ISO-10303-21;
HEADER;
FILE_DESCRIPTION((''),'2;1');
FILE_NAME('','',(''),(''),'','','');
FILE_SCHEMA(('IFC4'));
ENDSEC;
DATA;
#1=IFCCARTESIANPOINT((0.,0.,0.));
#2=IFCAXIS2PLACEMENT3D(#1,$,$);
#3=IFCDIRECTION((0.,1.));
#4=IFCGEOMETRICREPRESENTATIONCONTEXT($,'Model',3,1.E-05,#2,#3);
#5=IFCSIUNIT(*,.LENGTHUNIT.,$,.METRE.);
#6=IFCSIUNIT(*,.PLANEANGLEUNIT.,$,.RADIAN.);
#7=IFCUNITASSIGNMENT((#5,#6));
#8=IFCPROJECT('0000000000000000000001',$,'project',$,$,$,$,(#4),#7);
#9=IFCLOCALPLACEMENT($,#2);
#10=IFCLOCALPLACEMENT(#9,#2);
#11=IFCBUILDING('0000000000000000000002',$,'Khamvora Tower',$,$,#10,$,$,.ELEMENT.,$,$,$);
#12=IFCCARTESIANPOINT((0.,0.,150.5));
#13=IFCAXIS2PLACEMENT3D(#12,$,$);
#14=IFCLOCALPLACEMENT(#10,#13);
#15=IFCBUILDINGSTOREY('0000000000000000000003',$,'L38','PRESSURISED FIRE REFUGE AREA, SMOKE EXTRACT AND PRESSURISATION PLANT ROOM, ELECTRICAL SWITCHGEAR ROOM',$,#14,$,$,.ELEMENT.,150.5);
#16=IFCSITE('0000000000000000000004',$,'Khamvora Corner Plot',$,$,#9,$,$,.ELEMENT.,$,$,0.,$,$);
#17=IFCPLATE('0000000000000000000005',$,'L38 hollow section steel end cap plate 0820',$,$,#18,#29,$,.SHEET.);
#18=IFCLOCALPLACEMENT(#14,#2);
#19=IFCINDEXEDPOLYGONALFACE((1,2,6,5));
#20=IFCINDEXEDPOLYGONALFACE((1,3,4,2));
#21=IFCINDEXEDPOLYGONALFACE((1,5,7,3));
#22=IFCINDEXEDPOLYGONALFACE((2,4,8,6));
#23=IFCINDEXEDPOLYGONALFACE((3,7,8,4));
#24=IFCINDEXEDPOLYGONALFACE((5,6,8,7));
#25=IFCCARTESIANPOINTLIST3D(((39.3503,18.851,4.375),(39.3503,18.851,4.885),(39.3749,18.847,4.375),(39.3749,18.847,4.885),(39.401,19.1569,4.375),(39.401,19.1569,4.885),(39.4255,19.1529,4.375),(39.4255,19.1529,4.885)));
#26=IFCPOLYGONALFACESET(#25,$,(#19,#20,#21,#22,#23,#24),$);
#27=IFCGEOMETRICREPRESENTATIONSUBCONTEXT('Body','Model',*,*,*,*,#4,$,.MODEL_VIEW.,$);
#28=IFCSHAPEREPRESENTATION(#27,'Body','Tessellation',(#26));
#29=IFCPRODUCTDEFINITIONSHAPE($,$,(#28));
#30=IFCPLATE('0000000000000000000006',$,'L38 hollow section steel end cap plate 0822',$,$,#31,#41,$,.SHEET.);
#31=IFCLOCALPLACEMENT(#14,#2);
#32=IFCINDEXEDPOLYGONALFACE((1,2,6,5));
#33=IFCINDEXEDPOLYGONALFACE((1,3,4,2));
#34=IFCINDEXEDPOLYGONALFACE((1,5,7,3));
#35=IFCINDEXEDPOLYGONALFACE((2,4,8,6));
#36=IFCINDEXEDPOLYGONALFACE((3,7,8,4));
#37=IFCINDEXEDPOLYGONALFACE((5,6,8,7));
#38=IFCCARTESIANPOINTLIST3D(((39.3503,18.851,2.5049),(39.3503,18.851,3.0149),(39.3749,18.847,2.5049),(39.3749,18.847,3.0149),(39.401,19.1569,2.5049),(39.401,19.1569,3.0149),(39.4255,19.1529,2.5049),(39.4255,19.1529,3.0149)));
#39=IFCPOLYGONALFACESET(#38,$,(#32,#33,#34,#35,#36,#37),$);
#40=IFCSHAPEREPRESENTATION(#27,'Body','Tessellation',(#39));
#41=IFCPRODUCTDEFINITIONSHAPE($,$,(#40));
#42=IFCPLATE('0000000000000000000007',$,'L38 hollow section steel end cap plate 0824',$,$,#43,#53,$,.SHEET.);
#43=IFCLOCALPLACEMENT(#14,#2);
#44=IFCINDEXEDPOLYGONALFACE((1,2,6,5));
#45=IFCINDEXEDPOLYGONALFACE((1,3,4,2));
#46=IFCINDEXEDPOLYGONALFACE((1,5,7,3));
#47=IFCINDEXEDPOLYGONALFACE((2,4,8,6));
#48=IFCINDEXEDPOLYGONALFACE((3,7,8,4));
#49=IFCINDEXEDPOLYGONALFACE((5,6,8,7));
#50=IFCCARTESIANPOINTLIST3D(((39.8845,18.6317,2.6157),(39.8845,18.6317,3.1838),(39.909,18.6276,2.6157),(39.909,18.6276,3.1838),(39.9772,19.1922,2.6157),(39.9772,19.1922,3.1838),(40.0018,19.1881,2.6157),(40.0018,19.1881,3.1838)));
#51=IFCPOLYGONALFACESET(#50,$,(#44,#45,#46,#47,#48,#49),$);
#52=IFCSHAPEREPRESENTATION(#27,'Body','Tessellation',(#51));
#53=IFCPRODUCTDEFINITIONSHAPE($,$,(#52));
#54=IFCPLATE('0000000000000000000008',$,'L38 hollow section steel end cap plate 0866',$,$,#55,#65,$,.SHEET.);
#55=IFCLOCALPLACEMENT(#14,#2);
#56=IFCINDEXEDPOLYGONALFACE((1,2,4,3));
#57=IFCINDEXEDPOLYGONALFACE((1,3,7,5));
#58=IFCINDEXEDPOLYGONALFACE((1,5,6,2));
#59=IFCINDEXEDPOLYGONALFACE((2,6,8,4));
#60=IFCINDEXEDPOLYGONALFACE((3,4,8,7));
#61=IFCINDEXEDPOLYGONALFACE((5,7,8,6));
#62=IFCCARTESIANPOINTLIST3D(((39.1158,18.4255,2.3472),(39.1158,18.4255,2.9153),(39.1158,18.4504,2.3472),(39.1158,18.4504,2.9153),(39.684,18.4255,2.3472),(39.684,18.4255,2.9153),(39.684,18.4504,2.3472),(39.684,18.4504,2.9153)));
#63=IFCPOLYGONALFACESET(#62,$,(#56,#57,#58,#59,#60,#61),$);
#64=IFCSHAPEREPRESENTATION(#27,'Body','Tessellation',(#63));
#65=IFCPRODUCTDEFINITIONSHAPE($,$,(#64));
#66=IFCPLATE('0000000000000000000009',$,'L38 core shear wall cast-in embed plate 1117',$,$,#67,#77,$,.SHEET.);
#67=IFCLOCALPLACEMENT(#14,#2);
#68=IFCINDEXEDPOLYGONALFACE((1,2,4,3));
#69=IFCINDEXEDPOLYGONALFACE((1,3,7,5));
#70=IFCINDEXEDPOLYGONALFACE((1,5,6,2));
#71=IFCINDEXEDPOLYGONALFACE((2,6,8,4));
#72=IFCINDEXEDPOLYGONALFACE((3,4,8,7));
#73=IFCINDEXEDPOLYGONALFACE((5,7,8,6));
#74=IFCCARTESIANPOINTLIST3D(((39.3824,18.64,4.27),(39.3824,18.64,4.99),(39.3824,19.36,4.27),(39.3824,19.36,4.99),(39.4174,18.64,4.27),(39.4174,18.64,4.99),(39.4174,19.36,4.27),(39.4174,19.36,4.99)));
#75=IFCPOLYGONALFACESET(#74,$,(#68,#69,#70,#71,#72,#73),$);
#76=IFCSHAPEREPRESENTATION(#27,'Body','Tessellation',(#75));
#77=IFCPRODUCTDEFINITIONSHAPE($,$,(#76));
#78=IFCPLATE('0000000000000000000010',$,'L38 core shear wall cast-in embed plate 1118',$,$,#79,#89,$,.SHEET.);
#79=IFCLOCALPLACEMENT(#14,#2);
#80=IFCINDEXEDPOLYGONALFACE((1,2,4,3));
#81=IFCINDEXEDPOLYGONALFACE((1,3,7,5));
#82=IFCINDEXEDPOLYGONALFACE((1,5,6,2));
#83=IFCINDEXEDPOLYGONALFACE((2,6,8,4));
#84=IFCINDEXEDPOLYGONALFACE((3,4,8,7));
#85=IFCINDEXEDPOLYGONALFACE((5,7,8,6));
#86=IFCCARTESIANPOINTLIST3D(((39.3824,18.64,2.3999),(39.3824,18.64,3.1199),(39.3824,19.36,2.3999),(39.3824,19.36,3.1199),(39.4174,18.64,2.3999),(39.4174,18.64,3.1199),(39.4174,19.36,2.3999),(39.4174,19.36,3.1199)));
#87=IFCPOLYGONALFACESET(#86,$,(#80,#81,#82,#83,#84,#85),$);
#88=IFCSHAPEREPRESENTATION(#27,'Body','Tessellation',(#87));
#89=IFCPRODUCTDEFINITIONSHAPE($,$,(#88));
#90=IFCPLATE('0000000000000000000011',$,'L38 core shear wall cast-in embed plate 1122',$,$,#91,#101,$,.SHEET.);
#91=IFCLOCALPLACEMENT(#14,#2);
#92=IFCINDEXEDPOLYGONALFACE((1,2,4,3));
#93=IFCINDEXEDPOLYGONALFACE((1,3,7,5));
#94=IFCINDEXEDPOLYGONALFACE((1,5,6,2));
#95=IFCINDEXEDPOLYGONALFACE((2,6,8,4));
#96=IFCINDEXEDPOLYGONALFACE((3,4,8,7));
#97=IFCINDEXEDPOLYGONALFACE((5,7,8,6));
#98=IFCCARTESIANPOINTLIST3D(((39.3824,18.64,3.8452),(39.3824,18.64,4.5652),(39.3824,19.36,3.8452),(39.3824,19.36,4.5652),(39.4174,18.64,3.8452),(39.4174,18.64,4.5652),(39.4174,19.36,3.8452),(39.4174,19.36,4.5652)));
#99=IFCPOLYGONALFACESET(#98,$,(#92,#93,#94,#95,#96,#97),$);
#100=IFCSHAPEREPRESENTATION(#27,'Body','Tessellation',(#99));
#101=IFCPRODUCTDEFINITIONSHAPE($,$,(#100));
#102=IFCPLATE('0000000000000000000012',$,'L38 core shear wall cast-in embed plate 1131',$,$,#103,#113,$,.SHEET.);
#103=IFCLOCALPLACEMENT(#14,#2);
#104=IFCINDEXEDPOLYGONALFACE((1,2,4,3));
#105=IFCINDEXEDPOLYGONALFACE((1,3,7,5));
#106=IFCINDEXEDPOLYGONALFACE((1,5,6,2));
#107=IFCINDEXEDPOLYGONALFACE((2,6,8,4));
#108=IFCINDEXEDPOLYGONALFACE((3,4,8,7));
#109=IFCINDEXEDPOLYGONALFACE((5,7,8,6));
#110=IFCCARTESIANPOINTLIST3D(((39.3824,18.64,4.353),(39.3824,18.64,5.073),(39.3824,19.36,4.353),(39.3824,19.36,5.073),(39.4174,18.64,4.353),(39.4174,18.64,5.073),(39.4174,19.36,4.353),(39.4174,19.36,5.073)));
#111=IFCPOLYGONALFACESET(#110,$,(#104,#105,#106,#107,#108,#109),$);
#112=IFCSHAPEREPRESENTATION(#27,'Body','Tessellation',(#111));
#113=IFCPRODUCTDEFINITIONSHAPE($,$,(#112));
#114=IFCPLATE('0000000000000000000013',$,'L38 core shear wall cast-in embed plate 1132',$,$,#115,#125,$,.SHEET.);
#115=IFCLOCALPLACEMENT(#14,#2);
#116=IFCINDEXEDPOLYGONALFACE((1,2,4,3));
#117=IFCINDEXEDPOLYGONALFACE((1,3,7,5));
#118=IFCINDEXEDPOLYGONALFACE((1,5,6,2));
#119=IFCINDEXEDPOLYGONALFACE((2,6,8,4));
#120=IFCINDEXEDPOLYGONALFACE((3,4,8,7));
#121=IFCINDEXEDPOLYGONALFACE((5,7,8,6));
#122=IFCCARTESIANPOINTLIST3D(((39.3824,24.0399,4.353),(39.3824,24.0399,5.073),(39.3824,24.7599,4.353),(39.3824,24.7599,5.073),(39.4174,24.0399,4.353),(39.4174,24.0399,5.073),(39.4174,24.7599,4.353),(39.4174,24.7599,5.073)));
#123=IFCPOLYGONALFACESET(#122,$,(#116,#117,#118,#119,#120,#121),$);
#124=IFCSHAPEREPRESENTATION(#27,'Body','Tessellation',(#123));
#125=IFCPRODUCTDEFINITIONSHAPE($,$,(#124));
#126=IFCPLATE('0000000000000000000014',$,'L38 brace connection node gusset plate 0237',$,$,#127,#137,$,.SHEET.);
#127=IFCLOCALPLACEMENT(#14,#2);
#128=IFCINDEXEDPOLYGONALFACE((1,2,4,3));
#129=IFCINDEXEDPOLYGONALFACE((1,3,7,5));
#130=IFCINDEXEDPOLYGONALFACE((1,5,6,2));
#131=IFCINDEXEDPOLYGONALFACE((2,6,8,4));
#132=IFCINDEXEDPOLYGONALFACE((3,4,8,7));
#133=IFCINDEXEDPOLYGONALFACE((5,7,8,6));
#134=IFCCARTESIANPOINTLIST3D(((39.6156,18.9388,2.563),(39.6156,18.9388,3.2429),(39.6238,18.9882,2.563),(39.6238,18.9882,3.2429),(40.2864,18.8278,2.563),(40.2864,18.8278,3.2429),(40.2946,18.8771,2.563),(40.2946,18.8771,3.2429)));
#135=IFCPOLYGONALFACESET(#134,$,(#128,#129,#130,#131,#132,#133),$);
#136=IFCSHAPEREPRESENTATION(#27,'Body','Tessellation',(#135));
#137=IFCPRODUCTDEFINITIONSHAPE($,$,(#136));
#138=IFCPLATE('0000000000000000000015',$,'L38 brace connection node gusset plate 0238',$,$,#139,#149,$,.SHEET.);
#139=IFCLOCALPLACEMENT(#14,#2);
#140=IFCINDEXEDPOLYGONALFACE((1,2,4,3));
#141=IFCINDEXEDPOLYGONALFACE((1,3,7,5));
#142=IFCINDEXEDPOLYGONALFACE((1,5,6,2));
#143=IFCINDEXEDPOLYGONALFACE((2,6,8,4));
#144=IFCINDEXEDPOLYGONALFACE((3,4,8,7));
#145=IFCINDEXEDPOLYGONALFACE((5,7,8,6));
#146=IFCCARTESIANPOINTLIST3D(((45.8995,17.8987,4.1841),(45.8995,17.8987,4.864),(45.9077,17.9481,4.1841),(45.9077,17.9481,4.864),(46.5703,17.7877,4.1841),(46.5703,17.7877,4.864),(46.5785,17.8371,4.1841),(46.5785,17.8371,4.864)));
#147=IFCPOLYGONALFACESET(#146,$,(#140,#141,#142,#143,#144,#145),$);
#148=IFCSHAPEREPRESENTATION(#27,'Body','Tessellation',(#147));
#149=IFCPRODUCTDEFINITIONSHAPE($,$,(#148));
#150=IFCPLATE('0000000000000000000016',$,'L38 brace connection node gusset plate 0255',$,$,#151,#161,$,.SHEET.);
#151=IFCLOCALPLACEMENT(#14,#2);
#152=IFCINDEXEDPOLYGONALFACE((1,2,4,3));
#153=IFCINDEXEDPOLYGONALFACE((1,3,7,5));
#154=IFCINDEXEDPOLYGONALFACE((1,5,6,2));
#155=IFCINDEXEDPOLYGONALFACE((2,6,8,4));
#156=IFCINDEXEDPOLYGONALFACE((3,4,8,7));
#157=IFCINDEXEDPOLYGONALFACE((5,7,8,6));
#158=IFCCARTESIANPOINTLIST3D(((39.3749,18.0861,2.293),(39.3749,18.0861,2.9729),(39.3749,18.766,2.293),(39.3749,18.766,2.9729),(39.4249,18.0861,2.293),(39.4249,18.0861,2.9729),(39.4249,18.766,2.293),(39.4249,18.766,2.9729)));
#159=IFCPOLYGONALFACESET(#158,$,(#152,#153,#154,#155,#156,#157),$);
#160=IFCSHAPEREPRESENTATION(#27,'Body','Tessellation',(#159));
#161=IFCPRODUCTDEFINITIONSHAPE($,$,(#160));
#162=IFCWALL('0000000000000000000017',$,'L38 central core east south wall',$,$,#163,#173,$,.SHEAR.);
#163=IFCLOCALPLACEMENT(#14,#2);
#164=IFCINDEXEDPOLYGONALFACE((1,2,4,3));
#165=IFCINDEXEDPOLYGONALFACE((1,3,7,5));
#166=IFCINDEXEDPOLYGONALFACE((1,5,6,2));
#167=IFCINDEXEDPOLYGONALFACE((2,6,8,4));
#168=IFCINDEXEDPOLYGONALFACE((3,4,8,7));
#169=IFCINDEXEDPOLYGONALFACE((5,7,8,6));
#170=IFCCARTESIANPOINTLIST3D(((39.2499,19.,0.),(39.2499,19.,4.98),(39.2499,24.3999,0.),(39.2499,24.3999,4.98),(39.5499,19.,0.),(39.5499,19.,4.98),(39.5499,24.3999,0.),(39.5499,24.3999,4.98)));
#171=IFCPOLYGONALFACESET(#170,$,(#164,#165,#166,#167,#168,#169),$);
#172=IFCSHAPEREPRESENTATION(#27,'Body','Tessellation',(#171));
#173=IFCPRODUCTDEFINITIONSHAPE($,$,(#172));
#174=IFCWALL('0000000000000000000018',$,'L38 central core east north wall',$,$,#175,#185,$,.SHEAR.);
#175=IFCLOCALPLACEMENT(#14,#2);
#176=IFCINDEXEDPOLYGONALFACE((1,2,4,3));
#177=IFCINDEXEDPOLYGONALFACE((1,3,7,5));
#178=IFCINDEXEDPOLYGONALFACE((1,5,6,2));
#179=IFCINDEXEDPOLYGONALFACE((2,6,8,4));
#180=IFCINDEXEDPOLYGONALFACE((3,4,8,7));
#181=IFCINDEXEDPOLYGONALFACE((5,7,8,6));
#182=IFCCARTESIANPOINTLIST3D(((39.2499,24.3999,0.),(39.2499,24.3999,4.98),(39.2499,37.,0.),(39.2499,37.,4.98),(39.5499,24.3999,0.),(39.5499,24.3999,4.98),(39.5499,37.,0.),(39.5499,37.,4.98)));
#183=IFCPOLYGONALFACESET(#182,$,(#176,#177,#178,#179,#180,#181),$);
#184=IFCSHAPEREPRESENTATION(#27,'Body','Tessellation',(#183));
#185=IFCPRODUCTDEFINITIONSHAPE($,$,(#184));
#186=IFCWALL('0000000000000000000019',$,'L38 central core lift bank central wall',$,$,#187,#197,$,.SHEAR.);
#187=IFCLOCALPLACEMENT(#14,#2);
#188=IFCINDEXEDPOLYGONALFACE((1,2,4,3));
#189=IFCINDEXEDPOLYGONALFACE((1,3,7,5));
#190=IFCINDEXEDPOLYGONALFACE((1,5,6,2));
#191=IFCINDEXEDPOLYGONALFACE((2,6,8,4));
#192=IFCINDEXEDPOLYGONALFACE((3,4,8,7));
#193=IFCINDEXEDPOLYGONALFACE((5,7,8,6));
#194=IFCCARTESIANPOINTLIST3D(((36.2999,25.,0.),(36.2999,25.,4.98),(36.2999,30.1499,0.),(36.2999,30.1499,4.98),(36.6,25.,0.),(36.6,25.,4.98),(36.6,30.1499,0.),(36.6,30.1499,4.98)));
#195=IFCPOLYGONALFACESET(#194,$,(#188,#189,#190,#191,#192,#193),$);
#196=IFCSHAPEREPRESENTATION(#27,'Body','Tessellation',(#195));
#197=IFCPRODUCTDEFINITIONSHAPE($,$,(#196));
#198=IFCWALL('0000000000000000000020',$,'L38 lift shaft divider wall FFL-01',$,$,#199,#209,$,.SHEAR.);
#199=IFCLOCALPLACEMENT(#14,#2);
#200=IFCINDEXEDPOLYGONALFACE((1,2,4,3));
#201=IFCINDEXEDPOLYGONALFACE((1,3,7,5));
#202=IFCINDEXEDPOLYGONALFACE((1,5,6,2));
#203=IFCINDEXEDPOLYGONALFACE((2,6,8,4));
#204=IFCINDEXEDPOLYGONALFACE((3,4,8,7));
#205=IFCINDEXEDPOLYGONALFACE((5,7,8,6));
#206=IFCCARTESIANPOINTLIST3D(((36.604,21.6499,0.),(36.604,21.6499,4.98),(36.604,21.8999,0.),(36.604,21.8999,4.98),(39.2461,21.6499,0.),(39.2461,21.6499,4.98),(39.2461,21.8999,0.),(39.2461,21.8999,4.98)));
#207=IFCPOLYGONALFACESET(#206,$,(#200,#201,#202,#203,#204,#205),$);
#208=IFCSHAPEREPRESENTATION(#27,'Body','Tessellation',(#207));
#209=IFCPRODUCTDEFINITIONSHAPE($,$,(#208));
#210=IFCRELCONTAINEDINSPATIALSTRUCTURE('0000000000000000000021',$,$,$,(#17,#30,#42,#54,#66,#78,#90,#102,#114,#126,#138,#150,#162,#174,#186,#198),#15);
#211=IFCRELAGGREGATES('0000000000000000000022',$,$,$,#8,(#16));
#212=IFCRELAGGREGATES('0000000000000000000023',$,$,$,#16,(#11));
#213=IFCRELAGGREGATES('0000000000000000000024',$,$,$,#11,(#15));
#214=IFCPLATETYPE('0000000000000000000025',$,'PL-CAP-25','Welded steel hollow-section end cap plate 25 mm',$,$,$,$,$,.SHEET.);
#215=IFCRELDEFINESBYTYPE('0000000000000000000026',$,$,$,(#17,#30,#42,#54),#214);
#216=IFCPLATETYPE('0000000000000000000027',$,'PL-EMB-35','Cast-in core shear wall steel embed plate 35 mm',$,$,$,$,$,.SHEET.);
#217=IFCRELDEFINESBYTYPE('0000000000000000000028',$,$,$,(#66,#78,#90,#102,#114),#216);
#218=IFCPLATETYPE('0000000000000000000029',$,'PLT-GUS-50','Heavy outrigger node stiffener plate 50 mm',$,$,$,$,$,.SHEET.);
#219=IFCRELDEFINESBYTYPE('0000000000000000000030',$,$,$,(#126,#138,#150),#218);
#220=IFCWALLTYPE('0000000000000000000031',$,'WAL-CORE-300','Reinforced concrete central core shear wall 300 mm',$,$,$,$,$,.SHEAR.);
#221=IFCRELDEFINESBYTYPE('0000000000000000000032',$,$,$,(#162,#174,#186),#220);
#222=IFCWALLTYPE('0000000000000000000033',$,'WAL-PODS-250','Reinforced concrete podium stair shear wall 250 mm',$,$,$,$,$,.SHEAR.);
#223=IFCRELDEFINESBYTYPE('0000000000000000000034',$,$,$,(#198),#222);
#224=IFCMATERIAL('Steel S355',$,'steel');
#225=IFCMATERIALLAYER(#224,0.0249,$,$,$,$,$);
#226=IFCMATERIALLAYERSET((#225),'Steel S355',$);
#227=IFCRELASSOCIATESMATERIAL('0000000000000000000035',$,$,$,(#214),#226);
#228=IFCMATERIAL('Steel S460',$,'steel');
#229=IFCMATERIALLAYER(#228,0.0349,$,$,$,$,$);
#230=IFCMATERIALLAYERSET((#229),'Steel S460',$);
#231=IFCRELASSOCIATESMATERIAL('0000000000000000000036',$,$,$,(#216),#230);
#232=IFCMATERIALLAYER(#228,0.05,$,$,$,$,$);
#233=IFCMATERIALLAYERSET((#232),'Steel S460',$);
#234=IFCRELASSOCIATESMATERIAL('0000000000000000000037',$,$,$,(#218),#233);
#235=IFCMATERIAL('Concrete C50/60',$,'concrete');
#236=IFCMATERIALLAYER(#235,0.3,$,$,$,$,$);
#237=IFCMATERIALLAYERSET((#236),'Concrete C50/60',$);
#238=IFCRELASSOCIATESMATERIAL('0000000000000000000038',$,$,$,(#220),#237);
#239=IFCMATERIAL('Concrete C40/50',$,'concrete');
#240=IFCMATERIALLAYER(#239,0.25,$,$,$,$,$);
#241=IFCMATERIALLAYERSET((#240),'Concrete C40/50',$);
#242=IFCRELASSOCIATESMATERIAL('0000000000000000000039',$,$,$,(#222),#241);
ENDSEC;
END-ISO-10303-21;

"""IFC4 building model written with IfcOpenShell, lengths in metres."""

from ifc_helpers import new_model, si_unit, direction, frame, frame_2d, origin, origin_2d, place, context, subcontext, project, spatial, rectangle, extrude, material, layer, layer_set, type_object, element, save


model = new_model("IFC4")

# Units and contexts
model_context = context("Model", 3, precision=1e-05, world=origin(), true_north=direction((0.0, 1.0)))
body_context = subcontext(model_context, "Body", "Model", "MODEL_VIEW")
ifc_project = project(units=[si_unit("LENGTHUNIT", "METRE"), si_unit("PLANEANGLEUNIT", "RADIAN")], contexts=[model_context])

# Site, building, storey
site_placement = place(None, origin())
site = spatial("IfcSite", under=ifc_project, at=site_placement, Name="Khamvora Corner Plot", CompositionType="ELEMENT", RefElevation=0.0)
building_placement = place(site_placement, origin())
building = spatial("IfcBuilding", under=site, at=building_placement, Name="Khamvora Tower", CompositionType="ELEMENT")
storey_placement = place(building_placement, frame((0.0, 0.0, 150.5)))
storey = spatial("IfcBuildingStorey", under=building, at=storey_placement, Name="L38", Description="PRESSURISED FIRE REFUGE AREA, SMOKE EXTRACT AND PRESSURISATION PLANT ROOM, ELECTRICAL SWITCHGEAR ROOM", CompositionType="ELEMENT", Elevation=150.5)

# Shared definitions
ifc_material_1 = material(Name="Steel S460", Category="steel")

# Shared definitions
ifc_material_2 = material(Name="Steel S355", Category="steel")

# Plates
ifc_layer_1 = layer(ifc_material_2, 0.0249)
ifc_layer_set_1 = layer_set([ifc_layer_1], Name="Steel S355")
plate_type_1 = type_object("IfcPlateType", Name="PL-CAP-25", Description="Welded steel hollow-section end cap plate 25 mm", PredefinedType="SHEET", material=ifc_layer_set_1)
for number, where, z_axis, x_axis, name in (
    (1, (39.3879, 19.002, 4.375), (0.0, 0.0, 1.0), (0.986578, -0.163292, 0.0), "L38 hollow section steel end cap plate 0820"),
    (2, (39.3879, 19.002, 2.5049), (0.0, 0.0, 1.0), (0.986578, -0.163292, 0.0), "L38 hollow section steel end cap plate 0822"),
):
    element("IfcPlate", number, at=place(storey_placement, frame(where, z_axis=z_axis, x_axis=x_axis)), inside=storey, type_object=plate_type_1, Name=name, PredefinedType="SHEET", context=body_context, shape_type="SweptSolid", body=[
        extrude(rectangle(XDim=0.0249, YDim=0.3101, at=origin_2d()), origin(), (0.0, 0.0, 1.0), 0.51),
    ])
for number, where, z_axis, x_axis, name in (
    (3, (39.9431, 18.9099, 2.6157), (0.0, 0.0, 1.0), (0.986581, -0.163274, 0.0), "L38 hollow section steel end cap plate 0824"),
    (4, (39.3999, 18.438, 2.3472), (0.0, 0.0, 1.0), (0.0, -1.0, 0.0), "L38 hollow section steel end cap plate 0866"),
):
    element("IfcPlate", number, at=place(storey_placement, frame(where, z_axis=z_axis, x_axis=x_axis)), inside=storey, type_object=plate_type_1, Name=name, PredefinedType="SHEET", context=body_context, shape_type="SweptSolid", body=[
        extrude(rectangle(XDim=0.0249, YDim=0.5681, at=origin_2d()), origin(), (0.0, 0.0, 1.0), 0.5681),
    ])
ifc_layer_2 = layer(ifc_material_1, 0.0349)
ifc_layer_set_2 = layer_set([ifc_layer_2], Name="Steel S460")
plate_type_2 = type_object("IfcPlateType", Name="PL-EMB-35", Description="Cast-in core shear wall steel embed plate 35 mm", PredefinedType="SHEET", material=ifc_layer_set_2)
for number, where, z_axis, x_axis, name in (
    (5, (39.3999, 19.0, 4.27), (0.0, 0.0, 1.0), (1.0, 0.0, 0.0), "L38 core shear wall cast-in embed plate 1117"),
    (6, (39.3999, 19.0, 2.3999), (0.0, 0.0, 1.0), (1.0, 0.0, 0.0), "L38 core shear wall cast-in embed plate 1118"),
    (7, (39.3999, 19.0, 3.8452), (0.0, 0.0, 1.0), (1.0, 0.0, 0.0), "L38 core shear wall cast-in embed plate 1122"),
    (8, (39.3999, 19.0, 4.353), (0.0, 0.0, 1.0), (1.0, 0.0, 0.0), "L38 core shear wall cast-in embed plate 1131"),
    (9, (39.3999, 24.3999, 4.353), (0.0, 0.0, 1.0), (1.0, 0.0, 0.0), "L38 core shear wall cast-in embed plate 1132"),
):
    element("IfcPlate", number, at=place(storey_placement, frame(where, z_axis=z_axis, x_axis=x_axis)), inside=storey, type_object=plate_type_2, Name=name, PredefinedType="SHEET", context=body_context, shape_type="SweptSolid", body=[
        extrude(rectangle(XDim=0.0349, YDim=0.72, at=origin_2d()), origin(), (0.0, 0.0, 1.0), 0.72),
    ])
ifc_layer_3 = layer(ifc_material_1, 0.05)
ifc_layer_set_3 = layer_set([ifc_layer_3], Name="Steel S460")
plate_type_3 = type_object("IfcPlateType", Name="PLT-GUS-50", Description="Heavy outrigger node stiffener plate 50 mm", PredefinedType="SHEET", material=ifc_layer_set_3)
for number, where, z_axis, x_axis, name in (
    (10, (39.9551, 18.908, 2.563), (0.0, 0.0, 1.0), (0.986578, -0.163292, 0.0), "L38 brace connection node gusset plate 0237"),
    (11, (46.239, 17.8679, 4.1841), (0.0, 0.0, 1.0), (0.986578, -0.163292, 0.0), "L38 brace connection node gusset plate 0238"),
    (12, (39.3999, 18.426, 2.293), (0.0, 0.0, 1.0), (0.0, -1.0, 0.0), "L38 brace connection node gusset plate 0255"),
):
    element("IfcPlate", number, at=place(storey_placement, frame(where, z_axis=z_axis, x_axis=x_axis)), inside=storey, type_object=plate_type_3, Name=name, PredefinedType="SHEET", context=body_context, shape_type="SweptSolid", body=[
        extrude(rectangle(XDim=0.6799, YDim=0.05, at=origin_2d()), origin(), (0.0, 0.0, 1.0), 0.6799),
    ])

# Walls
ifc_material_3 = material(Name="Concrete C50/60", Category="concrete")
ifc_layer_4 = layer(ifc_material_3, 0.3)
ifc_layer_set_4 = layer_set([ifc_layer_4], Name="Concrete C50/60")
wall_type_1 = type_object("IfcWallType", Name="WAL-CORE-300", Description="Reinforced concrete central core shear wall 300 mm", PredefinedType="SHEAR", material=ifc_layer_set_4)
wall_1_placement = place(storey_placement, frame((39.3999, 19.0, 0.0), z_axis=(0.0, 0.0, 1.0), x_axis=(0.0, 1.0, 0.0)))
element("IfcWall", 13, at=wall_1_placement, inside=storey, type_object=wall_type_1, Name="L38 central core east south wall", PredefinedType="SHEAR", context=body_context, shape_type="SweptSolid", body=[
    extrude(rectangle(XDim=5.3999, YDim=0.3, at=frame_2d((2.7, 0.0))), origin(), (0.0, 0.0, 1.0), 4.98),
])
wall_2_placement = place(storey_placement, frame((39.3999, 24.3999, 0.0), z_axis=(0.0, 0.0, 1.0), x_axis=(0.0, 1.0, 0.0)))
element("IfcWall", 14, at=wall_2_placement, inside=storey, type_object=wall_type_1, Name="L38 central core east north wall", PredefinedType="SHEAR", context=body_context, shape_type="SweptSolid", body=[
    extrude(rectangle(XDim=12.6001, YDim=0.3, at=frame_2d((6.3, 0.0))), origin(), (0.0, 0.0, 1.0), 4.98),
])

# Walls
wall_3_placement = place(storey_placement, frame((36.45, 25.0, 0.0), z_axis=(0.0, 0.0, 1.0), x_axis=(0.0, 1.0, 0.0)))
element("IfcWall", 15, at=wall_3_placement, inside=storey, type_object=wall_type_1, Name="L38 central core lift bank central wall", PredefinedType="SHEAR", context=body_context, shape_type="SweptSolid", body=[
    extrude(rectangle(XDim=5.1499, YDim=0.3, at=frame_2d((2.575, 0.0))), origin(), (0.0, 0.0, 1.0), 4.98),
])
ifc_material_4 = material(Name="Concrete C40/50", Category="concrete")
ifc_layer_5 = layer(ifc_material_4, 0.25)
ifc_layer_set_5 = layer_set([ifc_layer_5], Name="Concrete C40/50")
wall_type_2 = type_object("IfcWallType", Name="WAL-PODS-250", Description="Reinforced concrete podium stair shear wall 250 mm", PredefinedType="SHEAR", material=ifc_layer_set_5)
for number, where, z_axis, x_axis, name in (
    (16, (36.604, 21.7749, 0.0), (0.0, 0.0, 1.0), (1.0, 0.0, 0.0), "L38 lift shaft divider wall FFL-01"),
):
    element("IfcWall", number, at=place(storey_placement, frame(where, z_axis=z_axis, x_axis=x_axis)), inside=storey, type_object=wall_type_2, Name=name, PredefinedType="SHEAR", context=body_context, shape_type="SweptSolid", body=[
        extrude(rectangle(XDim=2.6421, YDim=0.25, at=frame_2d((1.321, 0.0))), origin(), (0.0, 0.0, 1.0), 4.98),
    ])

save(model, "model.ifc")
